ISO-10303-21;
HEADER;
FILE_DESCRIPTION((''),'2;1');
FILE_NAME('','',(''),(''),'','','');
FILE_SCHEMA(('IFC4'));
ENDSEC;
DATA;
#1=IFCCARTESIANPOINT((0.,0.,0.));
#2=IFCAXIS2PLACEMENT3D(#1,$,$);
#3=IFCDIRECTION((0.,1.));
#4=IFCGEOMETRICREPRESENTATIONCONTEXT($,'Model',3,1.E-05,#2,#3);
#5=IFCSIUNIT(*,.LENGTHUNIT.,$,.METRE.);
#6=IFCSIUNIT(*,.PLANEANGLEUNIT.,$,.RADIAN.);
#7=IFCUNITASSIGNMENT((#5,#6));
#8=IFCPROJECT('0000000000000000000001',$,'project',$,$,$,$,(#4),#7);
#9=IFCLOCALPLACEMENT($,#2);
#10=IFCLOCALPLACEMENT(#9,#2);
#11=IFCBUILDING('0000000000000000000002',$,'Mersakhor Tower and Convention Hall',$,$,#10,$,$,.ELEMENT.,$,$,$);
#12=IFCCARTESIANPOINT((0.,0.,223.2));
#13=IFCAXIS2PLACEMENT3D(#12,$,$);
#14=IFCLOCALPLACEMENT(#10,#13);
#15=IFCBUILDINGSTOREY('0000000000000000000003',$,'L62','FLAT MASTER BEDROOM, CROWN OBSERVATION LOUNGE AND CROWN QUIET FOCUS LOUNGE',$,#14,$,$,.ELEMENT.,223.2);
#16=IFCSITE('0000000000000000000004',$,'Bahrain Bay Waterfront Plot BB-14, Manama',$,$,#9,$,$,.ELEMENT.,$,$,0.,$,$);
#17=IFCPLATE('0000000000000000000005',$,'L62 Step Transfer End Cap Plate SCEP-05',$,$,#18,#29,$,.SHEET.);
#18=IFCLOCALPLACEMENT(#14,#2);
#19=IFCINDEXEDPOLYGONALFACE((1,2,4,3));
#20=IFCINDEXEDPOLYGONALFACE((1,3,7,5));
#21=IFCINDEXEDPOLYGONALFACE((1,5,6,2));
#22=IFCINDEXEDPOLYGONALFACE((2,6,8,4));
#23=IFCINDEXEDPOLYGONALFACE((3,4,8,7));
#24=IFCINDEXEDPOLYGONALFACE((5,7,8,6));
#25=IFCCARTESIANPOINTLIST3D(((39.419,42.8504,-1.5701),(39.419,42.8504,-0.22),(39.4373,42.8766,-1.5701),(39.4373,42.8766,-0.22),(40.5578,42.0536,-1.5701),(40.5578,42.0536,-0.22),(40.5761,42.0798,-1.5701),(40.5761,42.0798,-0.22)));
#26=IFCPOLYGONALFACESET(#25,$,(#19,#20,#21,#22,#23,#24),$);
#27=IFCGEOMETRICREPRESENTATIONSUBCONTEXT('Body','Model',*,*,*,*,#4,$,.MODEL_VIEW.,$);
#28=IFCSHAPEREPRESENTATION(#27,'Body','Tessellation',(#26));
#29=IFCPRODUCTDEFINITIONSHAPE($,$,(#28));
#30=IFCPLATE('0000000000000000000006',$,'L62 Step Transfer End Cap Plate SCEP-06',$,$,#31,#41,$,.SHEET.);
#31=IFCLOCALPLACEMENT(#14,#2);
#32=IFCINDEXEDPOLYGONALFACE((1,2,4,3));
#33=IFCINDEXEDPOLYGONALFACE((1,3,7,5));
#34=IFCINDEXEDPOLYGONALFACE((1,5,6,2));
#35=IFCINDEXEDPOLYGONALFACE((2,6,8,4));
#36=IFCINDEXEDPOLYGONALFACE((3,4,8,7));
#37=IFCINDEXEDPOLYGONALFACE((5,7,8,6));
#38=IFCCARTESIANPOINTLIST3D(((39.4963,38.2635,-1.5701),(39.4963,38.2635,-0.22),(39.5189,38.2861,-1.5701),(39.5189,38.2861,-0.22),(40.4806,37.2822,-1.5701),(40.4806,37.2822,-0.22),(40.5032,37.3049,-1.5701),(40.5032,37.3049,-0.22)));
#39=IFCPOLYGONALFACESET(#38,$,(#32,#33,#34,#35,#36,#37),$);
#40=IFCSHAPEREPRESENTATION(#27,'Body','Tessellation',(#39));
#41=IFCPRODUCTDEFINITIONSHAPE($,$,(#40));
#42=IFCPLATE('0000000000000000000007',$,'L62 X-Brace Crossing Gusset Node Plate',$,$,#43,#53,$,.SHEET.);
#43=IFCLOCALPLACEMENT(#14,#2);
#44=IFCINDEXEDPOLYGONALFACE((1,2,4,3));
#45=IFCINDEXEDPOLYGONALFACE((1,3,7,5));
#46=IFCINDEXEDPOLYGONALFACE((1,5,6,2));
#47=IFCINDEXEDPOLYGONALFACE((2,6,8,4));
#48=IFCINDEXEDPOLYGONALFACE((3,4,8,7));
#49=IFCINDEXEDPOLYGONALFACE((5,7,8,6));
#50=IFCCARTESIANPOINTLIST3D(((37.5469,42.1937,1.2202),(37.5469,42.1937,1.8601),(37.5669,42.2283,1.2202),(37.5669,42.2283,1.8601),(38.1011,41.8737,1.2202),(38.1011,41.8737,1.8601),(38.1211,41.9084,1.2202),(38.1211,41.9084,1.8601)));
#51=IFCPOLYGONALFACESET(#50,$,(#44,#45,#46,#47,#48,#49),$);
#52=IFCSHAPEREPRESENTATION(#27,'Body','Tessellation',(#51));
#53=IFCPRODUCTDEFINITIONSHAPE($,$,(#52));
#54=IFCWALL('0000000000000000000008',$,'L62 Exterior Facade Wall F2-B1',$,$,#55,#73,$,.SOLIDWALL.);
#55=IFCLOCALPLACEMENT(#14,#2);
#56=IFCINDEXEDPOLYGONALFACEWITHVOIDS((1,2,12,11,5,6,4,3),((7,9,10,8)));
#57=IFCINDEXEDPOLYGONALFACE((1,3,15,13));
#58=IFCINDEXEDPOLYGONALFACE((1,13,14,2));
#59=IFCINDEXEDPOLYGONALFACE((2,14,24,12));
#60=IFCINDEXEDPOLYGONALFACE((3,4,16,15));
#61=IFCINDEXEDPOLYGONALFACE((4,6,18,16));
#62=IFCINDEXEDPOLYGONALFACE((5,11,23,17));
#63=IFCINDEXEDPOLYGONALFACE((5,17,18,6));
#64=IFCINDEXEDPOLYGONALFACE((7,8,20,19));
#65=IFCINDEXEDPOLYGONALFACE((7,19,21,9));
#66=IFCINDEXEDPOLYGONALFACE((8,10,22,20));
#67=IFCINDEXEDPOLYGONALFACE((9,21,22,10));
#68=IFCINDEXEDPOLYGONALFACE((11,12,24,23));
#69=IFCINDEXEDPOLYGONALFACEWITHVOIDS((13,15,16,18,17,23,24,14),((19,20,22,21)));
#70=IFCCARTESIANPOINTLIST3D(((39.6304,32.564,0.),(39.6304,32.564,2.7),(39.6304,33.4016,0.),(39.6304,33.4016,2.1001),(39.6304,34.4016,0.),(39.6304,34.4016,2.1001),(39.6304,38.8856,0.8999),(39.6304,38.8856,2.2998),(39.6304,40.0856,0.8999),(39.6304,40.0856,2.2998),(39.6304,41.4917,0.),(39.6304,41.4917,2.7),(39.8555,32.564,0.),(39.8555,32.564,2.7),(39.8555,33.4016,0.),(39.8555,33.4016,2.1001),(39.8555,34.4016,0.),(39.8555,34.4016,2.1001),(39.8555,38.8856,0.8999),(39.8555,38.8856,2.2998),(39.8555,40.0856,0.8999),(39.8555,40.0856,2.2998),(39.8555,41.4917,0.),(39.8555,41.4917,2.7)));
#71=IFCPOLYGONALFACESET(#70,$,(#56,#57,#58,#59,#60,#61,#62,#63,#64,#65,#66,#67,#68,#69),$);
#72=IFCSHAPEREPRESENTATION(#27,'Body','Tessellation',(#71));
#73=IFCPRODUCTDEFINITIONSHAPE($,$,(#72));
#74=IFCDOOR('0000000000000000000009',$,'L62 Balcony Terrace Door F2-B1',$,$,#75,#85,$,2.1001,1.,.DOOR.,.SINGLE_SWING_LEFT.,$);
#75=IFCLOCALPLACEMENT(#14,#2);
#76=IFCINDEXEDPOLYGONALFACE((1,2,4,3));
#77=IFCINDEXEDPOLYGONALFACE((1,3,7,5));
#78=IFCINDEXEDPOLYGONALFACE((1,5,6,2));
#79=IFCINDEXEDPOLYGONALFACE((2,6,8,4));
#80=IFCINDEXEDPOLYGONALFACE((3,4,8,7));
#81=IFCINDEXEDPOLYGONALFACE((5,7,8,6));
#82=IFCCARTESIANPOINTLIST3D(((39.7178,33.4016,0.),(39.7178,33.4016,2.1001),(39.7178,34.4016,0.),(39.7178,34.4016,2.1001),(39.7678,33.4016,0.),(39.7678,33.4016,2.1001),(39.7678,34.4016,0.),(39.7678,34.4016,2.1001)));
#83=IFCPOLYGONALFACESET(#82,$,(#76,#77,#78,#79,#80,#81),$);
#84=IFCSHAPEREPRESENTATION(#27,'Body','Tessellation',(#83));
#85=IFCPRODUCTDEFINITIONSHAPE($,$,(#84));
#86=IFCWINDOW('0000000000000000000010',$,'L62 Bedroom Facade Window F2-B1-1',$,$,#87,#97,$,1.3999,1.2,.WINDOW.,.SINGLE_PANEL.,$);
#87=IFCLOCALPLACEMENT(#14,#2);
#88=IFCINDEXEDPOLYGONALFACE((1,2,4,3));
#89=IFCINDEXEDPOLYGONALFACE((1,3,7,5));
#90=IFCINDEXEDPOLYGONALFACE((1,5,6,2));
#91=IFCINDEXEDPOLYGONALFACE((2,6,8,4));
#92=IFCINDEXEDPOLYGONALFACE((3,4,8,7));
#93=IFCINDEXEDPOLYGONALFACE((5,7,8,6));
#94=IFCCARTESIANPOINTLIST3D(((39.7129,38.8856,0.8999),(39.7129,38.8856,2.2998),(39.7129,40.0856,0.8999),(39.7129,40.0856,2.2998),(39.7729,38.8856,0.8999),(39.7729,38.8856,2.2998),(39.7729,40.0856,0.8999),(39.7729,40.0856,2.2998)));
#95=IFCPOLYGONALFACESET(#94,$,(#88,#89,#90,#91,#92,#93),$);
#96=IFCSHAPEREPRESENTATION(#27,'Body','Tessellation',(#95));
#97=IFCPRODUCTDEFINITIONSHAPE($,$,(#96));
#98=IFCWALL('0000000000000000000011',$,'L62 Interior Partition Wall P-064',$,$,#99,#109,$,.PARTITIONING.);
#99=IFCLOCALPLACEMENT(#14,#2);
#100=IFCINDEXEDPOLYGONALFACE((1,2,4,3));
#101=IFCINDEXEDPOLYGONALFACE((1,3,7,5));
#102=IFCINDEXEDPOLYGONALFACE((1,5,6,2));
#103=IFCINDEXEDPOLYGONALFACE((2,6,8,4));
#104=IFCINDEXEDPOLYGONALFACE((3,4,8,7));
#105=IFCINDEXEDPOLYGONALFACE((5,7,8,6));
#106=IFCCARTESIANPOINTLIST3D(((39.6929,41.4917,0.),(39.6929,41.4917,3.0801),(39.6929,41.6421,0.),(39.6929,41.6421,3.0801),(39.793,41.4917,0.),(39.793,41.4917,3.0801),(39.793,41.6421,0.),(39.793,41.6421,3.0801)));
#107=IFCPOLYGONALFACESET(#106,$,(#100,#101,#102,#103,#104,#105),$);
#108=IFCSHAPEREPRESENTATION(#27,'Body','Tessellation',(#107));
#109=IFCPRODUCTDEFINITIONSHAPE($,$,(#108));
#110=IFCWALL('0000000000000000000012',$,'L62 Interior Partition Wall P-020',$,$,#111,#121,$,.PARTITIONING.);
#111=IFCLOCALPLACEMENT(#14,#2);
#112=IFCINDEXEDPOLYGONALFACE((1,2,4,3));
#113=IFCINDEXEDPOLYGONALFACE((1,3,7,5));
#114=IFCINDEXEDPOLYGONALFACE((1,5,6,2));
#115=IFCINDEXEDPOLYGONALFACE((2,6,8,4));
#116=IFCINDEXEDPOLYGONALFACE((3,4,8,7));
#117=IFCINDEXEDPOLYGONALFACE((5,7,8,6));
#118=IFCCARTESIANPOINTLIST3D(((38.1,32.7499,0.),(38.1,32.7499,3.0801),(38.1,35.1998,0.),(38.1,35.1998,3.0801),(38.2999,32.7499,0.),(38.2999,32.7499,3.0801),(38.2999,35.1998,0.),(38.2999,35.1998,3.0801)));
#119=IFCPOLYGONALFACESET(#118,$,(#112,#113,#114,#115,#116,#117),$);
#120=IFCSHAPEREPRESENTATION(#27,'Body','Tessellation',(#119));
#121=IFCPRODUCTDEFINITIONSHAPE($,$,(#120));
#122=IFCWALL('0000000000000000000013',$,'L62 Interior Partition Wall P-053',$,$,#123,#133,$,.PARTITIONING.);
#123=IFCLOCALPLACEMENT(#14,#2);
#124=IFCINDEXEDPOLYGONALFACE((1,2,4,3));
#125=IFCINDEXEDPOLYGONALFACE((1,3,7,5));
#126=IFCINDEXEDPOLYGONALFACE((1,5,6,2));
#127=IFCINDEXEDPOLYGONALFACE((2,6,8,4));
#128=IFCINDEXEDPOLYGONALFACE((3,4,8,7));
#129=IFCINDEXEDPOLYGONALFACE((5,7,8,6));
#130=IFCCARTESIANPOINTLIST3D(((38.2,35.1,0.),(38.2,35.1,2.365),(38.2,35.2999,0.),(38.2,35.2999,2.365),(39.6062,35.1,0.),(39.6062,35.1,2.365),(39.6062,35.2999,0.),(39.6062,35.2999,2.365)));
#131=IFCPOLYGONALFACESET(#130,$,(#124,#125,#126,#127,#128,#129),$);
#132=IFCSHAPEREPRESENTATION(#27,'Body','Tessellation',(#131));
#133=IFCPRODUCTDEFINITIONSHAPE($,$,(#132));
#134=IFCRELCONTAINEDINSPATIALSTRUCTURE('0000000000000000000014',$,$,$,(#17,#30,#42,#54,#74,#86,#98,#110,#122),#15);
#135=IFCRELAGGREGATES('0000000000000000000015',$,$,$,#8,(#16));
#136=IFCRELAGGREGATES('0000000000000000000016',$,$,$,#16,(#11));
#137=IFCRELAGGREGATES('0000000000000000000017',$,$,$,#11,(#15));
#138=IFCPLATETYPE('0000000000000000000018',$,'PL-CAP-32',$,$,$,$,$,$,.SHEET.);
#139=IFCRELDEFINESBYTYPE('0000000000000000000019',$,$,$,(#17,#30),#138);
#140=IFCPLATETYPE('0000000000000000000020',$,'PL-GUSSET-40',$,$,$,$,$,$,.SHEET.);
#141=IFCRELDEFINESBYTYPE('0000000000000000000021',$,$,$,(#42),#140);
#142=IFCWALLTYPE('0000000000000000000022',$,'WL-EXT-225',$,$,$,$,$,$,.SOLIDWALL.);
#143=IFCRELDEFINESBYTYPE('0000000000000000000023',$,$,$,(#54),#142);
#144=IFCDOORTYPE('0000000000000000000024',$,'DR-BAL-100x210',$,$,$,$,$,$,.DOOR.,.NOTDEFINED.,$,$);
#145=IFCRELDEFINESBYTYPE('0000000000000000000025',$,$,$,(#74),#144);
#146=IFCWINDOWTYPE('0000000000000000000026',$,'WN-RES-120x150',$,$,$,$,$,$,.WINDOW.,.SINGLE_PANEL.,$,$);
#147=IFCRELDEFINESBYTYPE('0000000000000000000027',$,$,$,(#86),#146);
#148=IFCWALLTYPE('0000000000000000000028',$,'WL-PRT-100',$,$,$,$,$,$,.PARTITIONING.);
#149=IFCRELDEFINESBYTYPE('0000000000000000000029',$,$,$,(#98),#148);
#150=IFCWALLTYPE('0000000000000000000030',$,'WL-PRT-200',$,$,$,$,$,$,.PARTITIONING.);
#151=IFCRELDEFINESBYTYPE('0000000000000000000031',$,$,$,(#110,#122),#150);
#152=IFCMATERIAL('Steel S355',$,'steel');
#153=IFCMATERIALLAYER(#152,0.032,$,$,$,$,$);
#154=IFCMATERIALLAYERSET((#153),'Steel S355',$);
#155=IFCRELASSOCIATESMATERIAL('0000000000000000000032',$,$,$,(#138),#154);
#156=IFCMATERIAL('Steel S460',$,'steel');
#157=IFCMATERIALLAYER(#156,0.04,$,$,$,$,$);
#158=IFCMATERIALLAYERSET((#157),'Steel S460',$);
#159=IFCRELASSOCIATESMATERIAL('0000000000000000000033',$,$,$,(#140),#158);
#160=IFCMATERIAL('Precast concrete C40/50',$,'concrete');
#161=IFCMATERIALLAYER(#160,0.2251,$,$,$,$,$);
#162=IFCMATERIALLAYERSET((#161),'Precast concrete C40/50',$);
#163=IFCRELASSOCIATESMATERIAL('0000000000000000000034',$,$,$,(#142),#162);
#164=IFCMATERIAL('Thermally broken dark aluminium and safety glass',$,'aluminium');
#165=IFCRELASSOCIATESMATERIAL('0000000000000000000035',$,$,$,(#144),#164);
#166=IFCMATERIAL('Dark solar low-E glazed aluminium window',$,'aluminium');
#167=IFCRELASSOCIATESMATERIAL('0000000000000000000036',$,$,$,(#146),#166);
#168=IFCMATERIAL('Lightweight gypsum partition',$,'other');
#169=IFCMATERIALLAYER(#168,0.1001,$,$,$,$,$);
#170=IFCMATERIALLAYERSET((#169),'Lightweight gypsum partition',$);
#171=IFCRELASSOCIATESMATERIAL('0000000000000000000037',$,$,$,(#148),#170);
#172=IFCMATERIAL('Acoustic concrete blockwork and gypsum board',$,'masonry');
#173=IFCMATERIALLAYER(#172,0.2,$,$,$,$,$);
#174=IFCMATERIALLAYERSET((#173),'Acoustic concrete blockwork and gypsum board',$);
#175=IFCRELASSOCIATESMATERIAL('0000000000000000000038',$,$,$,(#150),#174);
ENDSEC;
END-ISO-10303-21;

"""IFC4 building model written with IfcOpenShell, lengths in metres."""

from ifc_helpers import new_model, si_unit, direction, frame, frame_2d, origin, origin_2d, place, context, subcontext, project, spatial, rectangle, extrude, material, layer, layer_set, type_object, element, fill, save


model = new_model("IFC4")

# Units and contexts
model_context = context("Model", 3, precision=1e-05, world=origin(), true_north=direction((0.0, 1.0)))
body_context = subcontext(model_context, "Body", "Model", "MODEL_VIEW")
ifc_project = project(units=[si_unit("LENGTHUNIT", "METRE"), si_unit("PLANEANGLEUNIT", "RADIAN")], contexts=[model_context])

# Site, building, storey
site_placement = place(None, origin())
site = spatial("IfcSite", under=ifc_project, at=site_placement, Name="Bahrain Bay Waterfront Plot BB-14, Manama", CompositionType="ELEMENT", RefElevation=0.0)
building_placement = place(site_placement, origin())
building = spatial("IfcBuilding", under=site, at=building_placement, Name="Mersakhor Tower and Convention Hall", CompositionType="ELEMENT")
storey_placement = place(building_placement, frame((0.0, 0.0, 223.2)))
storey = spatial("IfcBuildingStorey", under=building, at=storey_placement, Name="L62", Description="FLAT MASTER BEDROOM, CROWN OBSERVATION LOUNGE AND CROWN QUIET FOCUS LOUNGE", CompositionType="ELEMENT", Elevation=223.2)

# Plates
ifc_material_1 = material(Name="Steel S355", Category="steel")
ifc_layer_1 = layer(ifc_material_1, 0.032)
ifc_layer_set_1 = layer_set([ifc_layer_1], Name="Steel S355")
plate_type_1 = type_object("IfcPlateType", Name="PL-CAP-32", PredefinedType="SHEET", material=ifc_layer_set_1)
for number, where, z_axis, x_axis, name in (
    (1, (39.9976, 42.4651, -1.5701), (0.0, 0.0, 1.0), (-0.57329, -0.819352, 0.0), "L62 Step Transfer End Cap Plate SCEP-05"),
    (2, (39.9998, 37.7842, -1.5701), (0.0, 0.0, 1.0), (-0.705995, -0.708217, 0.0), "L62 Step Transfer End Cap Plate SCEP-06"),
):
    element("IfcPlate", number, at=place(storey_placement, frame(where, z_axis=z_axis, x_axis=x_axis)), inside=storey, type_object=plate_type_1, Name=name, PredefinedType="SHEET", context=body_context, shape_type="SweptSolid", body=[
        extrude(rectangle(XDim=0.032, YDim=1.3899, at=origin_2d()), origin(), (0.0, 0.0, 1.0), 1.3501),
    ])
ifc_material_2 = material(Name="Steel S460", Category="steel")
ifc_layer_2 = layer(ifc_material_2, 0.04)
ifc_layer_set_2 = layer_set([ifc_layer_2], Name="Steel S460")
plate_type_2 = type_object("IfcPlateType", Name="PL-GUSSET-40", PredefinedType="SHEET", material=ifc_layer_set_2)
plate_placement = place(storey_placement, frame((37.834, 42.051, 1.2202), z_axis=(0.0, 0.0, 1.0), x_axis=(-0.866025, 0.5, 0.0)))
element("IfcPlate", 3, at=plate_placement, inside=storey, type_object=plate_type_2, Name="L62 X-Brace Crossing Gusset Node Plate", PredefinedType="SHEET", context=body_context, shape_type="SweptSolid", body=[
    extrude(rectangle(XDim=0.6399, YDim=0.04, at=origin_2d()), origin(), (0.0, 0.0, 1.0), 0.6399),
])

# Wall, openings, door, window
ifc_material_3 = material(Name="Precast concrete C40/50", Category="concrete")
ifc_layer_3 = layer(ifc_material_3, 0.2251)
ifc_layer_set_3 = layer_set([ifc_layer_3], Name="Precast concrete C40/50")
wall_type_1 = type_object("IfcWallType", Name="WL-EXT-225", PredefinedType="SOLIDWALL", material=ifc_layer_set_3)
wall_1_placement = place(storey_placement, frame((39.7429, 41.4917, 0.0), z_axis=(0.0, 0.0, 1.0), x_axis=(0.0, -1.0, 0.0)))
wall_1 = element("IfcWall", 4, at=wall_1_placement, inside=storey, type_object=wall_type_1, Name="L62 Exterior Facade Wall F2-B1", PredefinedType="SOLIDWALL", context=body_context, shape_type="SweptSolid", body=[
    extrude(rectangle(XDim=8.9277, YDim=0.2251, at=frame_2d((4.4639, 0.0))), origin(), (0.0, 0.0, 1.0), 2.7),
])
opening_1_placement = place(wall_1_placement, frame((7.0901, 0.0, 0.0)))
opening_1 = element("IfcOpeningElement", 5, at=opening_1_placement, cuts=wall_1, PredefinedType="OPENING", context=body_context, shape_type="SweptSolid", body=[
    extrude(rectangle(XDim=1.0, YDim=2.1001, at=frame_2d((0.5, 1.05))), frame((0.0, 0.1226, 0.0), z_axis=(0.0, -1.0, 0.0), x_axis=(1.0, 0.0, 0.0)), (0.0, 0.0, 1.0), 0.2451),
])
opening_2_placement = place(wall_1_placement, frame((1.406, 0.0, 0.8999)))
opening_2 = element("IfcOpeningElement", 6, at=opening_2_placement, cuts=wall_1, PredefinedType="OPENING", context=body_context, shape_type="SweptSolid", body=[
    extrude(rectangle(XDim=1.2, YDim=1.3999, at=frame_2d((0.6001, 0.7))), frame((0.0, 0.1226, 0.0), z_axis=(0.0, -1.0, 0.0), x_axis=(1.0, 0.0, 0.0)), (0.0, 0.0, 1.0), 0.2451),
])
ifc_material_4 = material(Name="Thermally broken dark aluminium and safety glass", Category="aluminium")
door_type = type_object("IfcDoorType", Name="DR-BAL-100x210", OperationType="NOTDEFINED", PredefinedType="DOOR", material=ifc_material_4)
door_placement = place(opening_1_placement, origin())
door = element("IfcDoor", 7, at=door_placement, inside=storey, type_object=door_type, Name="L62 Balcony Terrace Door F2-B1", OperationType="SINGLE_SWING_LEFT", OverallHeight=2.1001, OverallWidth=1.0, PredefinedType="DOOR", context=body_context, shape_type="SweptSolid", body=[
    extrude(rectangle(XDim=1.0, YDim=2.1001, at=frame_2d((0.5, 1.05))), frame((0.0, 0.0249, 0.0), z_axis=(0.0, -1.0, 0.0), x_axis=(1.0, 0.0, 0.0)), (0.0, 0.0, 1.0), 0.05),
])
fill(opening_1, door)
ifc_material_5 = material(Name="Dark solar low-E glazed aluminium window", Category="aluminium")
window_type = type_object("IfcWindowType", Name="WN-RES-120x150", PartitioningType="SINGLE_PANEL", PredefinedType="WINDOW", material=ifc_material_5)
window_placement = place(opening_2_placement, origin())
window = element("IfcWindow", 8, at=window_placement, inside=storey, type_object=window_type, Name="L62 Bedroom Facade Window F2-B1-1", OverallHeight=1.3999, OverallWidth=1.2, PartitioningType="SINGLE_PANEL", PredefinedType="WINDOW", context=body_context, shape_type="SweptSolid", body=[
    extrude(rectangle(XDim=1.2, YDim=1.3999, at=frame_2d((0.6001, 0.7))), frame((0.0, 0.03, 0.0), z_axis=(0.0, -1.0, 0.0), x_axis=(1.0, 0.0, 0.0)), (0.0, 0.0, 1.0), 0.0601),
])
fill(opening_2, window)

# Walls
ifc_material_6 = material(Name="Lightweight gypsum partition", Category="other")
ifc_layer_4 = layer(ifc_material_6, 0.1001)
ifc_layer_set_4 = layer_set([ifc_layer_4], Name="Lightweight gypsum partition")
wall_type_2 = type_object("IfcWallType", Name="WL-PRT-100", PredefinedType="PARTITIONING", material=ifc_layer_set_4)
wall_2_placement = place(storey_placement, frame((39.7429, 41.6421, 0.0), z_axis=(0.0, 0.0, 1.0), x_axis=(0.0, -1.0, 0.0)))
element("IfcWall", 9, at=wall_2_placement, inside=storey, type_object=wall_type_2, Name="L62 Interior Partition Wall P-064", PredefinedType="PARTITIONING", context=body_context, shape_type="SweptSolid", body=[
    extrude(rectangle(XDim=0.1504, YDim=0.1001, at=frame_2d((0.0752, 0.0))), origin(), (0.0, 0.0, 1.0), 3.0801),
])
ifc_material_7 = material(Name="Acoustic concrete blockwork and gypsum board", Category="masonry")
ifc_layer_5 = layer(ifc_material_7, 0.2)
ifc_layer_set_5 = layer_set([ifc_layer_5], Name="Acoustic concrete blockwork and gypsum board")
wall_type_3 = type_object("IfcWallType", Name="WL-PRT-200", PredefinedType="PARTITIONING", material=ifc_layer_set_5)
wall_3_placement = place(storey_placement, frame((38.2, 35.2, 0.0), z_axis=(0.0, 0.0, 1.0), x_axis=(0.0, -1.0, 0.0)))
element("IfcWall", 10, at=wall_3_placement, inside=storey, type_object=wall_type_3, Name="L62 Interior Partition Wall P-020", PredefinedType="PARTITIONING", context=body_context, shape_type="SweptSolid", body=[
    extrude(rectangle(XDim=2.45, YDim=0.2, at=frame_2d((1.2251, 0.0))), origin(), (0.0, 0.0, 1.0), 3.0801),
])
wall_4_placement = place(storey_placement, frame((39.6062, 35.2, 0.0), z_axis=(0.0, 0.0, 1.0), x_axis=(-1.0, 0.0, 0.0)))
element("IfcWall", 11, at=wall_4_placement, inside=storey, type_object=wall_type_3, Name="L62 Interior Partition Wall P-053", PredefinedType="PARTITIONING", context=body_context, shape_type="SweptSolid", body=[
    extrude(rectangle(XDim=1.4062, YDim=0.2, at=frame_2d((0.7031, 0.0))), origin(), (0.0, 0.0, 1.0), 2.365),
])

save(model, "model.ifc")
